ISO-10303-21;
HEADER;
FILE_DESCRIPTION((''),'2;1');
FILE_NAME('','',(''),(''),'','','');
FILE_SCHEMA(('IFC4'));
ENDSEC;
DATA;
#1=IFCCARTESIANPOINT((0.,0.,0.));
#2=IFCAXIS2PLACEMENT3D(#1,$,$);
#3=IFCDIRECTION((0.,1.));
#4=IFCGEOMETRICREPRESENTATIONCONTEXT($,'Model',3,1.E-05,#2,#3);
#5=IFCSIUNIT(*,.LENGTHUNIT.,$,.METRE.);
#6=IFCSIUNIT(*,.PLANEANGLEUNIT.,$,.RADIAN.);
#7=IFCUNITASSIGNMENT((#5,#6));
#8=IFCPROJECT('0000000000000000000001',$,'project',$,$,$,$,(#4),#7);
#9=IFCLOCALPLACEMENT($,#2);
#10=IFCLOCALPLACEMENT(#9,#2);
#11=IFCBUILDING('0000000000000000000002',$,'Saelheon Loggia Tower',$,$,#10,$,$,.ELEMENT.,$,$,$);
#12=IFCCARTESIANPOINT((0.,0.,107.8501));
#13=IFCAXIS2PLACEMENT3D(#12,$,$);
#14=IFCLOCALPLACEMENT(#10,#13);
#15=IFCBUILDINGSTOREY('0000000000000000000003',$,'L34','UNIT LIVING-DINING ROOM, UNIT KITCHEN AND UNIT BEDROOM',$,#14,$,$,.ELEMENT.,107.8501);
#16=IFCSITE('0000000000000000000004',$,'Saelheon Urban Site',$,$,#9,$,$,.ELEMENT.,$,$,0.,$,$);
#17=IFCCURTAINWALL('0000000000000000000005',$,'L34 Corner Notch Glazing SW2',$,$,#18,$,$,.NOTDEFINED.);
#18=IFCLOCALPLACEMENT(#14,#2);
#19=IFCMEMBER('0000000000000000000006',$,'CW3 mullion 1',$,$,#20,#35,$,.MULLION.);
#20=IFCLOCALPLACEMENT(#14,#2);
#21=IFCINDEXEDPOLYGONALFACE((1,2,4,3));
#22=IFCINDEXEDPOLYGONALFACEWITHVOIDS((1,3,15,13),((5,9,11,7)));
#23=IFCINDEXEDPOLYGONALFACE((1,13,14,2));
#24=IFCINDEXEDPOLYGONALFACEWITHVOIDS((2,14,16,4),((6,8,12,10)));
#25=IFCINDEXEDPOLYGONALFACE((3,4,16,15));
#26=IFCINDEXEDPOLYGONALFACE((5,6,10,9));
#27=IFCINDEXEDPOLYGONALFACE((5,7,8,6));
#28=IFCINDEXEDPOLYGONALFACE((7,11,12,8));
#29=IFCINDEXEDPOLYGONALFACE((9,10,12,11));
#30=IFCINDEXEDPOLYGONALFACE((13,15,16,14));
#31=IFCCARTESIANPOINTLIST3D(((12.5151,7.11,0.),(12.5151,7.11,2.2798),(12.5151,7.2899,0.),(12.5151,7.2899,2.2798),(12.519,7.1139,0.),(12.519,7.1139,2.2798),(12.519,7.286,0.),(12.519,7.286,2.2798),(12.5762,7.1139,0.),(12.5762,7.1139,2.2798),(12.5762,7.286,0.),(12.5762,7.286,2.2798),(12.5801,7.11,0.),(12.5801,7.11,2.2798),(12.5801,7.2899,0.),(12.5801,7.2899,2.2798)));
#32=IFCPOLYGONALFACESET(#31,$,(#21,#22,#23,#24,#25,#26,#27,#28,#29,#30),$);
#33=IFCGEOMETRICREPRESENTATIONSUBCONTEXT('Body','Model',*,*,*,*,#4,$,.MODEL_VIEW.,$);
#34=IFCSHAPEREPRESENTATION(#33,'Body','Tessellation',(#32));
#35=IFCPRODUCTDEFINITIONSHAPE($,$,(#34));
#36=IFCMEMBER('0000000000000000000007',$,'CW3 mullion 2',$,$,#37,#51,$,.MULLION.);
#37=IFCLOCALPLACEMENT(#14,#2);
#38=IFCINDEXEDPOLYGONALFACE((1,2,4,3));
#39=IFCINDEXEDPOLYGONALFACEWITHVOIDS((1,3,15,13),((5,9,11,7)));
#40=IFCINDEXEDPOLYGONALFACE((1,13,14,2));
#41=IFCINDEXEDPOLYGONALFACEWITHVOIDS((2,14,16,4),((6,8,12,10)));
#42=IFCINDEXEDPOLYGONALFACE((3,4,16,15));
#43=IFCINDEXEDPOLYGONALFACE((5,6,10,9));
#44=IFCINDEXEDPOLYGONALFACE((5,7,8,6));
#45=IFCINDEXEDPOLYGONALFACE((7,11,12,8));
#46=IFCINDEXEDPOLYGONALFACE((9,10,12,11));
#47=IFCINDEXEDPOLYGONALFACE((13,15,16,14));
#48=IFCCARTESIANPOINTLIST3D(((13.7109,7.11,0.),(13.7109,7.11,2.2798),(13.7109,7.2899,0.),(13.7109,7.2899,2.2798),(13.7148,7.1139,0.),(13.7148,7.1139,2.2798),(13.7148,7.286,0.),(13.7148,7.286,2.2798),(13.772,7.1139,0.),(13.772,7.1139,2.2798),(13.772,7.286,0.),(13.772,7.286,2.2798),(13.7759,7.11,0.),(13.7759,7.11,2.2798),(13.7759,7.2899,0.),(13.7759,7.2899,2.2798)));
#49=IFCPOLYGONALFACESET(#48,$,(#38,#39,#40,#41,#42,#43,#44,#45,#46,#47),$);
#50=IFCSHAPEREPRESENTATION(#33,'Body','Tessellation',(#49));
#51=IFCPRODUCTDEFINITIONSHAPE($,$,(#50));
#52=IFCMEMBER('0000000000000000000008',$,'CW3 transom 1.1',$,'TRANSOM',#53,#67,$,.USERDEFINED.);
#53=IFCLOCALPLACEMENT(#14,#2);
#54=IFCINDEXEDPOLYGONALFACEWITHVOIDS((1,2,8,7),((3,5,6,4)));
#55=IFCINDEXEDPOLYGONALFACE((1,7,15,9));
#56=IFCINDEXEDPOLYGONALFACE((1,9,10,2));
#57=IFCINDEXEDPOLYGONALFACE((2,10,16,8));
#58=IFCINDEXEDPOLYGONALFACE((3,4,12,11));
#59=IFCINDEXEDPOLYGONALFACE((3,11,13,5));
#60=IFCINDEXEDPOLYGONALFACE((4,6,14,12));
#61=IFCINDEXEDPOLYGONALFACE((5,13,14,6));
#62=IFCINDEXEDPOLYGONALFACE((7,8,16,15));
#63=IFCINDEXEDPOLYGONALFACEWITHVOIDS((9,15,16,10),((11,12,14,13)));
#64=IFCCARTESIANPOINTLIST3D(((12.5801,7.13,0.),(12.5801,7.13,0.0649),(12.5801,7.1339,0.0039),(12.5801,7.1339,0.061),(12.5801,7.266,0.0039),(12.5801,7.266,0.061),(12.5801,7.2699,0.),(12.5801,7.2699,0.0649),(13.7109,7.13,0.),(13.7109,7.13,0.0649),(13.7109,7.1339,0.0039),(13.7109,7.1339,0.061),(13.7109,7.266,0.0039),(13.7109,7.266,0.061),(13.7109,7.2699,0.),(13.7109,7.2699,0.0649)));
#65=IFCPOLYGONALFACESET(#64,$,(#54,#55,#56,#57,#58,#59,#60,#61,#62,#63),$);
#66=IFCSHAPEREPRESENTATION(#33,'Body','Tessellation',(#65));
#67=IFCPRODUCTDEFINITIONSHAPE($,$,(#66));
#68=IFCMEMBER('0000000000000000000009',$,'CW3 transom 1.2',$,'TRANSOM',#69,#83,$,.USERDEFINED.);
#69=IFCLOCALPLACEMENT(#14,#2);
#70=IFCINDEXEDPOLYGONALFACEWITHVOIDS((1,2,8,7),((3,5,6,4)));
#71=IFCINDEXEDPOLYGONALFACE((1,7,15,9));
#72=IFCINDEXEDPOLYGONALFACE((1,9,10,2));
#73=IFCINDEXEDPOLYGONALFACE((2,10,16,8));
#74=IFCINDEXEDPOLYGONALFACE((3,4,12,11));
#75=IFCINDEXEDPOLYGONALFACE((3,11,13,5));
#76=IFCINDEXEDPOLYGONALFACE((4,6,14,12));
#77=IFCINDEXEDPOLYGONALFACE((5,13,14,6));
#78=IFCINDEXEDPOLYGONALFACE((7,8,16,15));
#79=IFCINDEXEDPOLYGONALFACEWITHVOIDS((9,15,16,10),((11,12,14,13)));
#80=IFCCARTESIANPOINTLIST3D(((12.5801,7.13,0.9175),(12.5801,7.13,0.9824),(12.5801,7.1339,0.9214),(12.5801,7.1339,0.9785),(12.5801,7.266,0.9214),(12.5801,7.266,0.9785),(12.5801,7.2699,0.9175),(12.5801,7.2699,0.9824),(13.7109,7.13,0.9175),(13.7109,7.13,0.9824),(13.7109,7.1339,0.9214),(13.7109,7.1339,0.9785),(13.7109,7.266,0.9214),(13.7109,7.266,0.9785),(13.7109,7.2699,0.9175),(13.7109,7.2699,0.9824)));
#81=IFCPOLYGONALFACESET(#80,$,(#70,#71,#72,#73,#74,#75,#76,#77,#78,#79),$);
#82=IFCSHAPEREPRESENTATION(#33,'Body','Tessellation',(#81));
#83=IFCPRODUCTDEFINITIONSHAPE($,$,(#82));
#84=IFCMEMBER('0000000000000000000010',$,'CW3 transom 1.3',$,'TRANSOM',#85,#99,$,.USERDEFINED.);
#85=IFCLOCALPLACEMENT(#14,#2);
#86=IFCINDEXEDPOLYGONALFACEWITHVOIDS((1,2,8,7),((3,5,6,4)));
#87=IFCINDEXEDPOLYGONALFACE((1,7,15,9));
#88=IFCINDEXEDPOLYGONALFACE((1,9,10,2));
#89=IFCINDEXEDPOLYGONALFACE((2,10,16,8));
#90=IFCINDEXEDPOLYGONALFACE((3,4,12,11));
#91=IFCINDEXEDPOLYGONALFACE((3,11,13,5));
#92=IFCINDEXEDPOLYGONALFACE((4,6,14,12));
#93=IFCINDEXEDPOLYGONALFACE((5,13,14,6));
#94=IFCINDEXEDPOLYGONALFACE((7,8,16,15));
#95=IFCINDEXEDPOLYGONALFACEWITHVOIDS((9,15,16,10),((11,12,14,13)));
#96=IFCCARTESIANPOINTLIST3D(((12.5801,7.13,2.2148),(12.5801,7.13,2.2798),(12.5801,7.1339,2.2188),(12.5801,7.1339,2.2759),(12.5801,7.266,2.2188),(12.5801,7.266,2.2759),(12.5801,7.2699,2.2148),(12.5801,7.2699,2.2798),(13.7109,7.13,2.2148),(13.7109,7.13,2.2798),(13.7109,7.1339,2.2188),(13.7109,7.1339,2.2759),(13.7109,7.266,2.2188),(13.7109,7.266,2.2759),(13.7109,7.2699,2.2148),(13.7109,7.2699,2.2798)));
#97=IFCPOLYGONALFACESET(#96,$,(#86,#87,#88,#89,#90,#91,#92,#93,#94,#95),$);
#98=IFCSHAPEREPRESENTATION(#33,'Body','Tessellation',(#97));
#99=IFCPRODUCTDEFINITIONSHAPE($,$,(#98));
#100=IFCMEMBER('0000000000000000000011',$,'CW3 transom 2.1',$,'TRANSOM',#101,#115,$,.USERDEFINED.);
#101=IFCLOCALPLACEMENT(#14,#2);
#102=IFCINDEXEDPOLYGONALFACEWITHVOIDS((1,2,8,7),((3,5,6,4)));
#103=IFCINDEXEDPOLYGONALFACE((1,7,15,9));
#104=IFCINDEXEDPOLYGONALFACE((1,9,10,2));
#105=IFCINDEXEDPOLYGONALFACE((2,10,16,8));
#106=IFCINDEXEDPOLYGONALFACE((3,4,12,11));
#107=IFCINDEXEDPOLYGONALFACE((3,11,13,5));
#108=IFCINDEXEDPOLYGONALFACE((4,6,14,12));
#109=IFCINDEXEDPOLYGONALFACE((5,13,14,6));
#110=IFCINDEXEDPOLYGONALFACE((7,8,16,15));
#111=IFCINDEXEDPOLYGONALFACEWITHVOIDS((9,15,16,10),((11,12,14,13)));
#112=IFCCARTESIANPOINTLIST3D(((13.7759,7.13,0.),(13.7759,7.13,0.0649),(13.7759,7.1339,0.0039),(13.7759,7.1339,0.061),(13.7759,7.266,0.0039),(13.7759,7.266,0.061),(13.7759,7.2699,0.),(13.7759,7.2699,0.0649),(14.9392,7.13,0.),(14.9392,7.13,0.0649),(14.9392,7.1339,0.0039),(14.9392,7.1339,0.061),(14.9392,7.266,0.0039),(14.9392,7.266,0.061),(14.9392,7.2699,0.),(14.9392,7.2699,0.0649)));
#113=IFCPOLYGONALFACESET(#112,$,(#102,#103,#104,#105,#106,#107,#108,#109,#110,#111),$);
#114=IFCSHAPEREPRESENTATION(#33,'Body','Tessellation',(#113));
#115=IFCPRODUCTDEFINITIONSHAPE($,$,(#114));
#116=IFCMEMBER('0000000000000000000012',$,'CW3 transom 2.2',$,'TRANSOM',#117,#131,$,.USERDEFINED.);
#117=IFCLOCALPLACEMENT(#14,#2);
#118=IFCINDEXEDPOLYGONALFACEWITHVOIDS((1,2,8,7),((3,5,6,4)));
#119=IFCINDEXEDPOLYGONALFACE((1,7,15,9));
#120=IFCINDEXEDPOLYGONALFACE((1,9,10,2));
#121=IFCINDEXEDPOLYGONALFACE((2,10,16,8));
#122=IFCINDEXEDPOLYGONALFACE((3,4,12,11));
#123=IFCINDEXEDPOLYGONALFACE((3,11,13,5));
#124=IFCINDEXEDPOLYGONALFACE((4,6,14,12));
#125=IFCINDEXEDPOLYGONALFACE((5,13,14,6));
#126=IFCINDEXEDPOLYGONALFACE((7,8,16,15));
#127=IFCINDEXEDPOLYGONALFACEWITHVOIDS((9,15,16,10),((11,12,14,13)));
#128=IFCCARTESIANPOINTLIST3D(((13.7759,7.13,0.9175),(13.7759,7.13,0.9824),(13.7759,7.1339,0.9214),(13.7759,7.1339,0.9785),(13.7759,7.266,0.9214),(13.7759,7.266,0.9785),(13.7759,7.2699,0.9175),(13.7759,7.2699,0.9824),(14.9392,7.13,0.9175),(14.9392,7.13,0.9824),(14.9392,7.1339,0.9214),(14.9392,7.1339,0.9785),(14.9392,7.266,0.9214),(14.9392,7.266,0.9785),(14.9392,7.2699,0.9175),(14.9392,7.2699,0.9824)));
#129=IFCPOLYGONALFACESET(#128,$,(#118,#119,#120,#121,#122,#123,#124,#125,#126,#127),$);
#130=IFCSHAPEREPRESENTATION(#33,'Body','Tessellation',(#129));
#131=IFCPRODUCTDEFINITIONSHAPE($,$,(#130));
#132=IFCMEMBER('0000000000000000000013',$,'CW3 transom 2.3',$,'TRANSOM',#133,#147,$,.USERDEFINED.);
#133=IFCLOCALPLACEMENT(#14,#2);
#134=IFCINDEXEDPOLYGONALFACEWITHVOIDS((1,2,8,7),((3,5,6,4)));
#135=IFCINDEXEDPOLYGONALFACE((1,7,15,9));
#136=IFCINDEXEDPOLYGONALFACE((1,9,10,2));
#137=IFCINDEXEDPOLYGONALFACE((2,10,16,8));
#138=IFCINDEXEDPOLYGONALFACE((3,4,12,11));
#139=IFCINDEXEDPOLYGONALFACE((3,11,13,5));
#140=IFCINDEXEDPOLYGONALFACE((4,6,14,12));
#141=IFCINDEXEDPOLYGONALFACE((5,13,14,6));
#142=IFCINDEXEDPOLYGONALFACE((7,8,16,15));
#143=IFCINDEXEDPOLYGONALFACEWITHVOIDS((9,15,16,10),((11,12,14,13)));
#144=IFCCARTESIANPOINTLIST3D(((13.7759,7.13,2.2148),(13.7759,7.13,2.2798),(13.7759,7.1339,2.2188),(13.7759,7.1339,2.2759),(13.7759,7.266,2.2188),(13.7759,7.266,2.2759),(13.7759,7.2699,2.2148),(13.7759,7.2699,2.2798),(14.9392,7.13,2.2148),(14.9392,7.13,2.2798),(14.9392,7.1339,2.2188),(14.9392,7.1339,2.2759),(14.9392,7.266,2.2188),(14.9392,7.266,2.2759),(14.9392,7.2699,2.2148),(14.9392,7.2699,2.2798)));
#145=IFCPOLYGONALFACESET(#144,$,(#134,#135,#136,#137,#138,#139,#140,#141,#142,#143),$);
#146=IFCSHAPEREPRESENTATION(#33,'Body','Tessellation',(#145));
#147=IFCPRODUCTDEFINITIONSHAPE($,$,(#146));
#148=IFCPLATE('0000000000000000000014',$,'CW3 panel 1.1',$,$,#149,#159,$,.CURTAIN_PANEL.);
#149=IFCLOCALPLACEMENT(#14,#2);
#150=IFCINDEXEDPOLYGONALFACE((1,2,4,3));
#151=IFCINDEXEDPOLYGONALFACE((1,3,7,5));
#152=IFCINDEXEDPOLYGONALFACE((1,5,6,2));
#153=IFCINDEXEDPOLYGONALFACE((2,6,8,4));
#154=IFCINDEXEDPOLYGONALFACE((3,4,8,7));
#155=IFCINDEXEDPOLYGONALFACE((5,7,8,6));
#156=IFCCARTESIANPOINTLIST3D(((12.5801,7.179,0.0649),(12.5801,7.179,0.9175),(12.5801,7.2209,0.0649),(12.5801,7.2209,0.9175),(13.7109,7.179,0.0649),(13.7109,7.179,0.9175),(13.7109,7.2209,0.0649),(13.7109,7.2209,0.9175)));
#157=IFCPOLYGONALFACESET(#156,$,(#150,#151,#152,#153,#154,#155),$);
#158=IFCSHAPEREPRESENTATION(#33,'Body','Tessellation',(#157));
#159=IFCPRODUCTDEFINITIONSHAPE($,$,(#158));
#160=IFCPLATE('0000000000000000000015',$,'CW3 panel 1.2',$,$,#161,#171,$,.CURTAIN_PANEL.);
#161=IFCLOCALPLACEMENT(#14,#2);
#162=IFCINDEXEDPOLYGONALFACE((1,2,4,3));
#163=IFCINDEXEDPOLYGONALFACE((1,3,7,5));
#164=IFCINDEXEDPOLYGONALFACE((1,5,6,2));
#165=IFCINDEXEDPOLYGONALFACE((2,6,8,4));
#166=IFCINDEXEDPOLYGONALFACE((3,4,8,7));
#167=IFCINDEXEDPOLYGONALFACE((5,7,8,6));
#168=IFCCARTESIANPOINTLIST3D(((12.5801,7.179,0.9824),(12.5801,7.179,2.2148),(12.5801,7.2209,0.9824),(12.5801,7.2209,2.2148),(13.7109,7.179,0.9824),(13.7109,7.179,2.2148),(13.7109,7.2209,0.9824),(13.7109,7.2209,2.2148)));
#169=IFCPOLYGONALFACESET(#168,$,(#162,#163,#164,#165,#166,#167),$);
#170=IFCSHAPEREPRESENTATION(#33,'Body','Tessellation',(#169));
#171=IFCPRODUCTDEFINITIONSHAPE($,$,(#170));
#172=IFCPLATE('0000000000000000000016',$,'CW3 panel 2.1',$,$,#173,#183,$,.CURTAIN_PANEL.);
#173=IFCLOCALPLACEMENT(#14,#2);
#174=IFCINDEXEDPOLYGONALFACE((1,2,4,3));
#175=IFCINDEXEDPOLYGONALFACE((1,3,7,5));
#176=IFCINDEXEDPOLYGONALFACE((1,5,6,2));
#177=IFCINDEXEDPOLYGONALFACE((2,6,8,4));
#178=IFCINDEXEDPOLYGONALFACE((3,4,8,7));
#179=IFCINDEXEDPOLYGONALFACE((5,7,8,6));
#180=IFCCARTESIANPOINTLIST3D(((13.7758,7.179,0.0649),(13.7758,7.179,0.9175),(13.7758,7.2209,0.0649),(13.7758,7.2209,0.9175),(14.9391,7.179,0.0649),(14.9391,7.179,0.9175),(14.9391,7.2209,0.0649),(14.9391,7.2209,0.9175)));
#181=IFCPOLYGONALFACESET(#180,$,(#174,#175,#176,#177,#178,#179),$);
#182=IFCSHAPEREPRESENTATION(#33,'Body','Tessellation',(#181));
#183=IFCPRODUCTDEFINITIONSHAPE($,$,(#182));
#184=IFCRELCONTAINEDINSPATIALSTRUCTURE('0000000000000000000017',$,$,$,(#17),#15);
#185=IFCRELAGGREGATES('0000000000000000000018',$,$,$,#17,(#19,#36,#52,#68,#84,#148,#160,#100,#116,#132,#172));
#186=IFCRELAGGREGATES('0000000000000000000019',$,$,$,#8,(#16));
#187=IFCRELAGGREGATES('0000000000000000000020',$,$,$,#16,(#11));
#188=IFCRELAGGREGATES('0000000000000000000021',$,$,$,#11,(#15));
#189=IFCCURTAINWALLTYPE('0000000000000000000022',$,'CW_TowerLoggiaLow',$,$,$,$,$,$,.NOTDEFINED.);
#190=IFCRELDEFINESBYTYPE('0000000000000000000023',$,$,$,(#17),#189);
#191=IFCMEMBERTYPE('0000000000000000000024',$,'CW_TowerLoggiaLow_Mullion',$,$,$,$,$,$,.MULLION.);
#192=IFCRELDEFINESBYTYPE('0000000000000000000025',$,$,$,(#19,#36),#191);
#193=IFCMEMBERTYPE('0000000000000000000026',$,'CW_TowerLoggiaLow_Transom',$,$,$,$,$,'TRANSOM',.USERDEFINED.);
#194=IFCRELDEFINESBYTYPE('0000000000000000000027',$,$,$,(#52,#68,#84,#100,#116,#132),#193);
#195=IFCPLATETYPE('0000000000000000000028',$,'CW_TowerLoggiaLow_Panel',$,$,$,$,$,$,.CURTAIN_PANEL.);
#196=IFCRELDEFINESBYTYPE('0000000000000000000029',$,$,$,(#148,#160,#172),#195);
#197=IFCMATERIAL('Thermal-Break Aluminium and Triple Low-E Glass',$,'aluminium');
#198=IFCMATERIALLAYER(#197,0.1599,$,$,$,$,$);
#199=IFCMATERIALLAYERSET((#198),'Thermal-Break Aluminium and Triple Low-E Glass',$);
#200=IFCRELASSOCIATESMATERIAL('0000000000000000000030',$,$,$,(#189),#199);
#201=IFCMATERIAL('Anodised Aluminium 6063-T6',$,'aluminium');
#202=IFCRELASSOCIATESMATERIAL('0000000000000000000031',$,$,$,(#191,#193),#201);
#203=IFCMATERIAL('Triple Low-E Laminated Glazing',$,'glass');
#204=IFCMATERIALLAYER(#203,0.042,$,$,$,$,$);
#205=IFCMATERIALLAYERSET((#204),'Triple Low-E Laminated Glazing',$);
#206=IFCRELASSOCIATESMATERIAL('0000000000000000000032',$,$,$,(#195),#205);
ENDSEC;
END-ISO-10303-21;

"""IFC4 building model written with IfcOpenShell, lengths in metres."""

from ifc_helpers import new_model, si_unit, direction, frame, origin, origin_2d, place, context, subcontext, project, spatial, rectangle, hollow_rectangle, extrude, source, transform, mapped, material, layer, layer_set, material_profile, profile_set, type_object, element, aggregate, save


model = new_model("IFC4")

# Units and contexts
model_context = context("Model", 3, precision=1e-05, world=origin(), true_north=direction((0.0, 1.0)))
body_context = subcontext(model_context, "Body", "Model", "MODEL_VIEW")
ifc_project = project(units=[si_unit("LENGTHUNIT", "METRE"), si_unit("PLANEANGLEUNIT", "RADIAN")], contexts=[model_context])

# Site, building, storey
site_placement = place(None, origin())
site = spatial("IfcSite", under=ifc_project, at=site_placement, Name="Saelheon Urban Site", CompositionType="ELEMENT", RefElevation=0.0)
building_placement = place(site_placement, origin())
building = spatial("IfcBuilding", under=site, at=building_placement, Name="Saelheon Loggia Tower", CompositionType="ELEMENT")
storey_placement = place(building_placement, frame((0.0, 0.0, 107.8501)))
storey = spatial("IfcBuildingStorey", under=building, at=storey_placement, Name="L34", Description="UNIT LIVING-DINING ROOM, UNIT KITCHEN AND UNIT BEDROOM", CompositionType="ELEMENT", Elevation=107.8501)

# Curtain wall, members, plates
ifc_material_1 = material(Name="Thermal-Break Aluminium and Triple Low-E Glass", Category="aluminium")
ifc_layer_1 = layer(ifc_material_1, 0.1599)
ifc_layer_set_1 = layer_set([ifc_layer_1], Name="Thermal-Break Aluminium and Triple Low-E Glass")
curtain_wall_type = type_object("IfcCurtainWallType", Name="CW_TowerLoggiaLow", PredefinedType="NOTDEFINED", material=ifc_layer_set_1)
curtain_wall_placement = place(storey_placement, origin())
curtain_wall = element("IfcCurtainWall", 1, at=curtain_wall_placement, inside=storey, type_object=curtain_wall_type, Name="L34 Corner Notch Glazing SW2", PredefinedType="NOTDEFINED")
ifc_material_2 = material(Name="Anodised Aluminium 6063-T6", Category="aluminium")
ifc_material_profile_1 = material_profile(ifc_material_2, hollow_rectangle(XDim=0.0649, YDim=0.1799, WallThickness=0.0039, at=origin_2d()), Name="RHS-180x65x4")
ifc_profile_set_1 = profile_set([ifc_material_profile_1], Name="Anodised Aluminium 6063-T6")
member_type_1 = type_object("IfcMemberType", Name="CW_TowerLoggiaLow_Mullion", PredefinedType="MULLION", material=ifc_profile_set_1)
shared_shape_1 = source(origin(), body_context, "Body", "SweptSolid", [
    extrude(hollow_rectangle(XDim=0.0649, YDim=0.1799, WallThickness=0.0039, at=origin_2d()), origin(), (0.0, 0.0, 1.0), 2.2798),
])
member_1_placement = place(storey_placement, frame((12.5476, 7.2, 0.0), z_axis=(0.0, 0.0, 1.0), x_axis=(1.0, 0.0, 0.0)))
member_1 = element("IfcMember", 2, at=member_1_placement, type_object=member_type_1, Name="CW3 mullion 1", PredefinedType="MULLION", context=body_context, shape_type="MappedRepresentation", body=[
    mapped(shared_shape_1, transform((0.0, 0.0, 0.0), scale=1.0)),
])
member_2_placement = place(storey_placement, frame((13.7434, 7.2, 0.0), z_axis=(0.0, 0.0, 1.0), x_axis=(1.0, 0.0, 0.0)))
member_2 = element("IfcMember", 3, at=member_2_placement, type_object=member_type_1, Name="CW3 mullion 2", PredefinedType="MULLION", context=body_context, shape_type="MappedRepresentation", body=[
    mapped(shared_shape_1, transform((0.0, 0.0, 0.0), scale=1.0)),
])
ifc_material_profile_2 = material_profile(ifc_material_2, hollow_rectangle(XDim=0.0649, YDim=0.1399, WallThickness=0.0039, at=origin_2d()), Name="RHS-140x65x4")
ifc_profile_set_2 = profile_set([ifc_material_profile_2], Name="Anodised Aluminium 6063-T6")
member_type_2 = type_object("IfcMemberType", Name="CW_TowerLoggiaLow_Transom", ElementType="TRANSOM", PredefinedType="USERDEFINED", material=ifc_profile_set_2)
shared_shape_2 = source(origin(), body_context, "Body", "SweptSolid", [
    extrude(hollow_rectangle(XDim=0.0649, YDim=0.1399, WallThickness=0.0039, at=origin_2d()), origin(), (0.0, 0.0, 1.0), 1.1309),
])
member_3_placement = place(storey_placement, frame((12.5801, 7.2, 0.0325), z_axis=(1.0, 0.0, 0.0), x_axis=(0.0, 0.0, 1.0)))
member_3 = element("IfcMember", 4, at=member_3_placement, type_object=member_type_2, Name="CW3 transom 1.1", ObjectType="TRANSOM", PredefinedType="USERDEFINED", context=body_context, shape_type="MappedRepresentation", body=[
    mapped(shared_shape_2, transform((0.0, 0.0, 0.0), scale=1.0)),
])
member_4_placement = place(storey_placement, frame((12.5801, 7.2, 0.95), z_axis=(1.0, 0.0, 0.0), x_axis=(0.0, 0.0, 1.0)))
member_4 = element("IfcMember", 5, at=member_4_placement, type_object=member_type_2, Name="CW3 transom 1.2", ObjectType="TRANSOM", PredefinedType="USERDEFINED", context=body_context, shape_type="MappedRepresentation", body=[
    mapped(shared_shape_2, transform((0.0, 0.0, 0.0), scale=1.0)),
])
member_5_placement = place(storey_placement, frame((12.5801, 7.2, 2.2473), z_axis=(1.0, 0.0, 0.0), x_axis=(0.0, 0.0, 1.0)))
member_5 = element("IfcMember", 6, at=member_5_placement, type_object=member_type_2, Name="CW3 transom 1.3", ObjectType="TRANSOM", PredefinedType="USERDEFINED", context=body_context, shape_type="MappedRepresentation", body=[
    mapped(shared_shape_2, transform((0.0, 0.0, 0.0), scale=1.0)),
])
shared_shape_3 = source(origin(), body_context, "Body", "SweptSolid", [
    extrude(hollow_rectangle(XDim=0.0649, YDim=0.1399, WallThickness=0.0039, at=origin_2d()), origin(), (0.0, 0.0, 1.0), 1.1633),
])
member_6_placement = place(storey_placement, frame((13.7759, 7.2, 0.0325), z_axis=(1.0, 0.0, 0.0), x_axis=(0.0, 0.0, 1.0)))
member_6 = element("IfcMember", 7, at=member_6_placement, type_object=member_type_2, Name="CW3 transom 2.1", ObjectType="TRANSOM", PredefinedType="USERDEFINED", context=body_context, shape_type="MappedRepresentation", body=[
    mapped(shared_shape_3, transform((0.0, 0.0, 0.0), scale=1.0)),
])
member_7_placement = place(storey_placement, frame((13.7759, 7.2, 0.95), z_axis=(1.0, 0.0, 0.0), x_axis=(0.0, 0.0, 1.0)))
member_7 = element("IfcMember", 8, at=member_7_placement, type_object=member_type_2, Name="CW3 transom 2.2", ObjectType="TRANSOM", PredefinedType="USERDEFINED", context=body_context, shape_type="MappedRepresentation", body=[
    mapped(shared_shape_3, transform((0.0, 0.0, 0.0), scale=1.0)),
])
member_8_placement = place(storey_placement, frame((13.7759, 7.2, 2.2473), z_axis=(1.0, 0.0, 0.0), x_axis=(0.0, 0.0, 1.0)))
member_8 = element("IfcMember", 9, at=member_8_placement, type_object=member_type_2, Name="CW3 transom 2.3", ObjectType="TRANSOM", PredefinedType="USERDEFINED", context=body_context, shape_type="MappedRepresentation", body=[
    mapped(shared_shape_3, transform((0.0, 0.0, 0.0), scale=1.0)),
])
ifc_material_3 = material(Name="Triple Low-E Laminated Glazing", Category="glass")
ifc_layer_2 = layer(ifc_material_3, 0.042)
ifc_layer_set_2 = layer_set([ifc_layer_2], Name="Triple Low-E Laminated Glazing")
plate_type = type_object("IfcPlateType", Name="CW_TowerLoggiaLow_Panel", PredefinedType="CURTAIN_PANEL", material=ifc_layer_set_2)
shared_shape_4 = source(origin(), body_context, "Body", "SweptSolid", [
    extrude(rectangle(XDim=1.1309, YDim=0.042, at=origin_2d()), origin(), (0.0, 0.0, 1.0), 0.8525),
])
plate_1_placement = place(storey_placement, frame((13.1455, 7.2, 0.0649), z_axis=(0.0, 0.0, 1.0), x_axis=(1.0, 0.0, 0.0)))
plate_1 = element("IfcPlate", 10, at=plate_1_placement, type_object=plate_type, Name="CW3 panel 1.1", PredefinedType="CURTAIN_PANEL", context=body_context, shape_type="MappedRepresentation", body=[
    mapped(shared_shape_4, transform((0.0, 0.0, 0.0), scale=1.0)),
])
shared_shape_5 = source(origin(), body_context, "Body", "SweptSolid", [
    extrude(rectangle(XDim=1.1309, YDim=0.042, at=origin_2d()), origin(), (0.0, 0.0, 1.0), 1.2324),
])
plate_2_placement = place(storey_placement, frame((13.1455, 7.2, 0.9824), z_axis=(0.0, 0.0, 1.0), x_axis=(1.0, 0.0, 0.0)))
plate_2 = element("IfcPlate", 11, at=plate_2_placement, type_object=plate_type, Name="CW3 panel 1.2", PredefinedType="CURTAIN_PANEL", context=body_context, shape_type="MappedRepresentation", body=[
    mapped(shared_shape_5, transform((0.0, 0.0, 0.0), scale=1.0)),
])
shared_shape_6 = source(origin(), body_context, "Body", "SweptSolid", [
    extrude(rectangle(XDim=1.1633, YDim=0.042, at=origin_2d()), origin(), (0.0, 0.0, 1.0), 0.8525),
])
plate_3_placement = place(storey_placement, frame((14.3574, 7.2, 0.0649), z_axis=(0.0, 0.0, 1.0), x_axis=(1.0, 0.0, 0.0)))
plate_3 = element("IfcPlate", 12, at=plate_3_placement, type_object=plate_type, Name="CW3 panel 2.1", PredefinedType="CURTAIN_PANEL", context=body_context, shape_type="MappedRepresentation", body=[
    mapped(shared_shape_6, transform((0.0, 0.0, 0.0), scale=1.0)),
])
aggregate(curtain_wall, [member_1, member_2, member_3, member_4, member_5, plate_1, plate_2, member_6, member_7, member_8, plate_3])

save(model, "model.ifc")
